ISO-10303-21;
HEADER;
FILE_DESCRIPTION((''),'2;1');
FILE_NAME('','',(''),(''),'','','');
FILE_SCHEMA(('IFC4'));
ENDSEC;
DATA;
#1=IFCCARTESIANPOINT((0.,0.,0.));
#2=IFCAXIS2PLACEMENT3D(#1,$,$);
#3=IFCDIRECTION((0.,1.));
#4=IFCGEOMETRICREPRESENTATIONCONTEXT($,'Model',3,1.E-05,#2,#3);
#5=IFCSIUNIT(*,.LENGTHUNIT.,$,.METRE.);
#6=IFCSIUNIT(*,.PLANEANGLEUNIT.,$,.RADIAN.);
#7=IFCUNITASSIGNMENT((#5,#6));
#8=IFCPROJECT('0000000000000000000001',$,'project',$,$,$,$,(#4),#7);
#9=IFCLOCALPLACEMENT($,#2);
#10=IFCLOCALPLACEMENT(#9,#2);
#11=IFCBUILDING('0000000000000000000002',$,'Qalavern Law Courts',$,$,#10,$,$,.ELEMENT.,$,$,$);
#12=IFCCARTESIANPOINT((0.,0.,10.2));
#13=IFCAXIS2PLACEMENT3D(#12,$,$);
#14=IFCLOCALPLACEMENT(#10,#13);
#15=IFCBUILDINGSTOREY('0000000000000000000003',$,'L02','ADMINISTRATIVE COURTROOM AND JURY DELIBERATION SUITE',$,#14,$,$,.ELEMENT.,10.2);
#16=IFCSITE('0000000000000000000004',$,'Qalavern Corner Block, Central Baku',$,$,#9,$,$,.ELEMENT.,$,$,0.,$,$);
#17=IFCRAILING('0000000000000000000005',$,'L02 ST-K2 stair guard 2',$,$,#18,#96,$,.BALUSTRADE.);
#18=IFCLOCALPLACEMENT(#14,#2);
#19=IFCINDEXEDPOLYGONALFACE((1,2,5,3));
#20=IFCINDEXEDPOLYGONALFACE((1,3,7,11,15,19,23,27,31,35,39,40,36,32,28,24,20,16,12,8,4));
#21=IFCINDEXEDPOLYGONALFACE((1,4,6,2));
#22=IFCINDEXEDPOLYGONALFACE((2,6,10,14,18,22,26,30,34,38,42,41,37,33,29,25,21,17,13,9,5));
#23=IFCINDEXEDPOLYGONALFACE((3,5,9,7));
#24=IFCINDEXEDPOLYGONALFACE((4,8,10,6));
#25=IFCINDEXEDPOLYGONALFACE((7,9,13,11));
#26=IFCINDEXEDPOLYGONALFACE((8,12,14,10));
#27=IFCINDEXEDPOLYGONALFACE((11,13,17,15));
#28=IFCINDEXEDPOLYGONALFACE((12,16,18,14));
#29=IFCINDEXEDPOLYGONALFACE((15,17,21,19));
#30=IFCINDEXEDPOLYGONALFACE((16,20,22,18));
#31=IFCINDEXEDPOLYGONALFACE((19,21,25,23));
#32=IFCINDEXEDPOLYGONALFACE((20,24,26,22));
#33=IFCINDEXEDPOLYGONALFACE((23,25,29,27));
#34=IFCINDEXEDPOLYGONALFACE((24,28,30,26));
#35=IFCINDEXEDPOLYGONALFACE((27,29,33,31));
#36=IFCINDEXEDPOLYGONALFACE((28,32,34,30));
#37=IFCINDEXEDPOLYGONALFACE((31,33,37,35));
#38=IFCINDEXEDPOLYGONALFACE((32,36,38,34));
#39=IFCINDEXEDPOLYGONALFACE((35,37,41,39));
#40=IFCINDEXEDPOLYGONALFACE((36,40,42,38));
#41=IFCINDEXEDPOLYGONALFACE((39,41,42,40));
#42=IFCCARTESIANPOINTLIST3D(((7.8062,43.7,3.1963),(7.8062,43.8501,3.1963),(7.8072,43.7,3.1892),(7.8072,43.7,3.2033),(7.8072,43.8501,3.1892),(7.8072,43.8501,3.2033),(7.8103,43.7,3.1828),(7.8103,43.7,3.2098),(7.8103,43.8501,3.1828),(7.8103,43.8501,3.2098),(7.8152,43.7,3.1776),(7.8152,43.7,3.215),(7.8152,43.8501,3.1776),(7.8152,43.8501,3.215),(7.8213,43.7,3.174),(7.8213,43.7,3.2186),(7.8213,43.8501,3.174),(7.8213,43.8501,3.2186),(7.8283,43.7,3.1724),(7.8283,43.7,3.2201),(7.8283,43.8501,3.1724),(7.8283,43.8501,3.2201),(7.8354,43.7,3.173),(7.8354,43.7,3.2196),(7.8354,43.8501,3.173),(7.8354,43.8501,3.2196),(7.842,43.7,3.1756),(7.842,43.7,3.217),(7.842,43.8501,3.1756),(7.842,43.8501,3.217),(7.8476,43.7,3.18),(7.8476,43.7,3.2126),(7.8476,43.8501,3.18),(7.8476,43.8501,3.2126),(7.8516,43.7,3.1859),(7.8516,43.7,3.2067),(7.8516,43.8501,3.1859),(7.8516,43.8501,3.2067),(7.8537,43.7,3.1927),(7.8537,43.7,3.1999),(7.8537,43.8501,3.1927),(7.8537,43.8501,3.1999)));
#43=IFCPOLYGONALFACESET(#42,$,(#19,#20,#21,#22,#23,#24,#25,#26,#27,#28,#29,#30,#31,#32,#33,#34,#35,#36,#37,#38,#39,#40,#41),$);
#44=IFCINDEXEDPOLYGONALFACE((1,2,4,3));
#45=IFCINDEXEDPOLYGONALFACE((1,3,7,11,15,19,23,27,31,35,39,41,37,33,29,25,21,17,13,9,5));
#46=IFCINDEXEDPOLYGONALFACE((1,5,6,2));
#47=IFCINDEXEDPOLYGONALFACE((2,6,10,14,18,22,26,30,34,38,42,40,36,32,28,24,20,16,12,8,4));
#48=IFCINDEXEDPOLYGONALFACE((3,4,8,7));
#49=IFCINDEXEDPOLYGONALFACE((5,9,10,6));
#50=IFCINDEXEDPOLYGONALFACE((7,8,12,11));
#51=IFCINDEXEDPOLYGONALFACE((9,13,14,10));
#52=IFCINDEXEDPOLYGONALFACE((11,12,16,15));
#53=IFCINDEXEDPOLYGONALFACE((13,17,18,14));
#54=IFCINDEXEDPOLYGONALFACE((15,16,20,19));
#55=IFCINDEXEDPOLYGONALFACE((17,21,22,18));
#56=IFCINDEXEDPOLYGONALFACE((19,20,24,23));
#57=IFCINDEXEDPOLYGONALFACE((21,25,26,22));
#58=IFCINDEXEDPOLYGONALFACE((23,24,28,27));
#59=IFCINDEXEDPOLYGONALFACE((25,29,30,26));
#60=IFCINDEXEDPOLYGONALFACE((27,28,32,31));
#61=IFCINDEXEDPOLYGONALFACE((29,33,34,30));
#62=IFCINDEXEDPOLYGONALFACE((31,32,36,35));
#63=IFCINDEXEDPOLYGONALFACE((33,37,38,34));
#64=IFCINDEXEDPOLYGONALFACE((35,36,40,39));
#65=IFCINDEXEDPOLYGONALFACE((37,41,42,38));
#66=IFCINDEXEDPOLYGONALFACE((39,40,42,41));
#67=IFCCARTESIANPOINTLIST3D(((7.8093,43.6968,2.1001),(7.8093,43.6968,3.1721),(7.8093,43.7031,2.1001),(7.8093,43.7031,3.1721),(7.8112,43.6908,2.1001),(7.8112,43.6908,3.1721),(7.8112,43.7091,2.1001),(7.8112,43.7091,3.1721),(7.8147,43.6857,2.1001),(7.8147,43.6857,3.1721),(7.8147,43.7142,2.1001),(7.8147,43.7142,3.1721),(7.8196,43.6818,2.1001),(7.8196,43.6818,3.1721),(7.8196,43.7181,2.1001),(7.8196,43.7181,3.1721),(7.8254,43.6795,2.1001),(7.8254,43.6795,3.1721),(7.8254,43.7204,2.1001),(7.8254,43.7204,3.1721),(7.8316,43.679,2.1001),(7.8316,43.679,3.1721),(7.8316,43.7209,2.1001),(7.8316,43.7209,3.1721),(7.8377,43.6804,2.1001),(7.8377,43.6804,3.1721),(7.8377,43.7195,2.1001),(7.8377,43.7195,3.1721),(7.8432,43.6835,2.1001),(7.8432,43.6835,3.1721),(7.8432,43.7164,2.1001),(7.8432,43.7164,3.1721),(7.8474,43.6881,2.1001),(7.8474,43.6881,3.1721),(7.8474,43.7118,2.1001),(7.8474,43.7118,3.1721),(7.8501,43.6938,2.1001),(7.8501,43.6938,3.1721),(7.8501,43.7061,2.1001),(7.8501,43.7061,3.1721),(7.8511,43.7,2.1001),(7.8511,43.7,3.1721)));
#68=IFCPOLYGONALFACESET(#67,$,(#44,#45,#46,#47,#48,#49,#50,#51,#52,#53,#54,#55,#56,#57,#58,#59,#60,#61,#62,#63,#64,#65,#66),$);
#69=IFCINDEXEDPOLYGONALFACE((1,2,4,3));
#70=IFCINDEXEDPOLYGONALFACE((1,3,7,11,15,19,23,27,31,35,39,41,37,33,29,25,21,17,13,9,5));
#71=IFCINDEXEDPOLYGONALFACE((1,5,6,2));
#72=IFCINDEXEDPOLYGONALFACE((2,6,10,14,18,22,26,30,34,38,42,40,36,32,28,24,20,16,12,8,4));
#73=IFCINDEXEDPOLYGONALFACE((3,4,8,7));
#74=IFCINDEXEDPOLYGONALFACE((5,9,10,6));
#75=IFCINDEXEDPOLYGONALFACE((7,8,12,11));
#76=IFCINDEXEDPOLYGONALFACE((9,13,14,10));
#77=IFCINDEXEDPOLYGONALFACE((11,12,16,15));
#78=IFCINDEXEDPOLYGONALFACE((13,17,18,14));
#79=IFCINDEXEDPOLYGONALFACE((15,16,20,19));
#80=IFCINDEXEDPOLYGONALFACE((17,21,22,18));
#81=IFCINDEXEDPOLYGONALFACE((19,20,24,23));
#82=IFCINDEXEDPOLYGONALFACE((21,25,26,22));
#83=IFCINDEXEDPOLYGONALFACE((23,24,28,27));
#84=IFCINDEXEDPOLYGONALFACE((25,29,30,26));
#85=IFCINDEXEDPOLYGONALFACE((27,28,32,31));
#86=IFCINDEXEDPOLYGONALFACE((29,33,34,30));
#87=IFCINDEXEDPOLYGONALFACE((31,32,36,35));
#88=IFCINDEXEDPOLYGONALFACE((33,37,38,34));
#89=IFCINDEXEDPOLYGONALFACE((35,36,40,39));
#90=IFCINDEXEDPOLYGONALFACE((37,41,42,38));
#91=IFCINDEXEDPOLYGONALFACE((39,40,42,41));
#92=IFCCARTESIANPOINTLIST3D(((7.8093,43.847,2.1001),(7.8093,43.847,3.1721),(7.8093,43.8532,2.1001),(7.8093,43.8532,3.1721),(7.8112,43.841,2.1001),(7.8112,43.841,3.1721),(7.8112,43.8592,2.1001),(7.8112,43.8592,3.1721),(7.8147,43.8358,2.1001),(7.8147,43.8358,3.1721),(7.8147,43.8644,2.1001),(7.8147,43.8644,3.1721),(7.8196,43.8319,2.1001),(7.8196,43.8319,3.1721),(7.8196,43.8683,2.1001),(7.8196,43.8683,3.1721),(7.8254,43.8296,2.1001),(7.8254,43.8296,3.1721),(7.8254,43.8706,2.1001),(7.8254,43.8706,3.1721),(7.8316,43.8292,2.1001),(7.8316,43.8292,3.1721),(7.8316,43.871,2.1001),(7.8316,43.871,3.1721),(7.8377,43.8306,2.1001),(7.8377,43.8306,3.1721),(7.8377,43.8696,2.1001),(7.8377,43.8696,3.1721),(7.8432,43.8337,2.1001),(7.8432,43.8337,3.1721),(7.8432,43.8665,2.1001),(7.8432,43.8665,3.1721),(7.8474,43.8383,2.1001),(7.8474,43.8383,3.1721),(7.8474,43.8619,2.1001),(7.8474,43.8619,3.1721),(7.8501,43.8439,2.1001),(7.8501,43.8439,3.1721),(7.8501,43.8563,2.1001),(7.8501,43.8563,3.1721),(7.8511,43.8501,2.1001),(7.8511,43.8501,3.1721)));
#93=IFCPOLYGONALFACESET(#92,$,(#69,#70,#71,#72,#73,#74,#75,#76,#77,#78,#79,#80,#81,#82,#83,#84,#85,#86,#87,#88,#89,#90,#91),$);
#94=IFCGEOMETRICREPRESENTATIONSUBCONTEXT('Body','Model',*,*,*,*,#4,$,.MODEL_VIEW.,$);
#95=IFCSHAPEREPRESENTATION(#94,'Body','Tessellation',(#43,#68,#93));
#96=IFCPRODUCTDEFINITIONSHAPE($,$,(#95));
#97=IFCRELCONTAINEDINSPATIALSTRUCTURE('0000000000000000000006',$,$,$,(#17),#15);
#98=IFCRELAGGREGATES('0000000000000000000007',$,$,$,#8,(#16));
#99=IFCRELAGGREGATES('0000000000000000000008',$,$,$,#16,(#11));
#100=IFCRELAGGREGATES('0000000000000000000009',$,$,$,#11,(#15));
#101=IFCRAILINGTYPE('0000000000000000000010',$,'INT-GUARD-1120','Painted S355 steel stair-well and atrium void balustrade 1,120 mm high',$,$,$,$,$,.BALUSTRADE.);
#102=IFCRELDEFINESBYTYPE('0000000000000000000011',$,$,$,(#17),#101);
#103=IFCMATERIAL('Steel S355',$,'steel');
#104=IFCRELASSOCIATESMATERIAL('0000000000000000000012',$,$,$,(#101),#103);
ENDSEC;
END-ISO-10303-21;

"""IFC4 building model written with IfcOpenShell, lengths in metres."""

from ifc_helpers import new_model, si_unit, direction, frame, origin, origin_2d, place, context, subcontext, project, spatial, circle, extrude, material, type_object, element, save


model = new_model("IFC4")

# Units and contexts
model_context = context("Model", 3, precision=1e-05, world=origin(), true_north=direction((0.0, 1.0)))
body_context = subcontext(model_context, "Body", "Model", "MODEL_VIEW")
ifc_project = project(units=[si_unit("LENGTHUNIT", "METRE"), si_unit("PLANEANGLEUNIT", "RADIAN")], contexts=[model_context])

# Site, building, storey
site_placement = place(None, origin())
site = spatial("IfcSite", under=ifc_project, at=site_placement, Name="Qalavern Corner Block, Central Baku", CompositionType="ELEMENT", RefElevation=0.0)
building_placement = place(site_placement, origin())
building = spatial("IfcBuilding", under=site, at=building_placement, Name="Qalavern Law Courts", CompositionType="ELEMENT")
storey_placement = place(building_placement, frame((0.0, 0.0, 10.2)))
storey = spatial("IfcBuildingStorey", under=building, at=storey_placement, Name="L02", Description="ADMINISTRATIVE COURTROOM AND JURY DELIBERATION SUITE", CompositionType="ELEMENT", Elevation=10.2)

# Railing
ifc_material_1 = material(Name="Steel S355", Category="steel")
railing_type_1 = type_object("IfcRailingType", Name="INT-GUARD-1120", Description="Painted S355 steel stair-well and atrium void balustrade 1,120 mm high", PredefinedType="BALUSTRADE", material=ifc_material_1)
railing_1_placement = place(storey_placement, frame((7.8301, 43.7, 2.1001)))
element("IfcRailing", 1, at=railing_1_placement, inside=storey, type_object=railing_type_1, Name="L02 ST-K2 stair guard 2", PredefinedType="BALUSTRADE", context=body_context, shape_type="SweptSolid", body=[
    extrude(circle(Radius=0.0239, at=origin_2d()), frame((0.0, 0.0, 1.0962), z_axis=(0.0, 1.0, 0.0), x_axis=(-1.0, 0.0, 0.0)), (0.0, 0.0, 1.0), 0.1501),
    extrude(circle(Radius=0.021, at=origin_2d()), origin(), (0.0, 0.0, 1.0), 1.072),
    extrude(circle(Radius=0.021, at=origin_2d()), frame((0.0, 0.1501, 0.0)), (0.0, 0.0, 1.0), 1.072),
])

save(model, "model.ifc")
